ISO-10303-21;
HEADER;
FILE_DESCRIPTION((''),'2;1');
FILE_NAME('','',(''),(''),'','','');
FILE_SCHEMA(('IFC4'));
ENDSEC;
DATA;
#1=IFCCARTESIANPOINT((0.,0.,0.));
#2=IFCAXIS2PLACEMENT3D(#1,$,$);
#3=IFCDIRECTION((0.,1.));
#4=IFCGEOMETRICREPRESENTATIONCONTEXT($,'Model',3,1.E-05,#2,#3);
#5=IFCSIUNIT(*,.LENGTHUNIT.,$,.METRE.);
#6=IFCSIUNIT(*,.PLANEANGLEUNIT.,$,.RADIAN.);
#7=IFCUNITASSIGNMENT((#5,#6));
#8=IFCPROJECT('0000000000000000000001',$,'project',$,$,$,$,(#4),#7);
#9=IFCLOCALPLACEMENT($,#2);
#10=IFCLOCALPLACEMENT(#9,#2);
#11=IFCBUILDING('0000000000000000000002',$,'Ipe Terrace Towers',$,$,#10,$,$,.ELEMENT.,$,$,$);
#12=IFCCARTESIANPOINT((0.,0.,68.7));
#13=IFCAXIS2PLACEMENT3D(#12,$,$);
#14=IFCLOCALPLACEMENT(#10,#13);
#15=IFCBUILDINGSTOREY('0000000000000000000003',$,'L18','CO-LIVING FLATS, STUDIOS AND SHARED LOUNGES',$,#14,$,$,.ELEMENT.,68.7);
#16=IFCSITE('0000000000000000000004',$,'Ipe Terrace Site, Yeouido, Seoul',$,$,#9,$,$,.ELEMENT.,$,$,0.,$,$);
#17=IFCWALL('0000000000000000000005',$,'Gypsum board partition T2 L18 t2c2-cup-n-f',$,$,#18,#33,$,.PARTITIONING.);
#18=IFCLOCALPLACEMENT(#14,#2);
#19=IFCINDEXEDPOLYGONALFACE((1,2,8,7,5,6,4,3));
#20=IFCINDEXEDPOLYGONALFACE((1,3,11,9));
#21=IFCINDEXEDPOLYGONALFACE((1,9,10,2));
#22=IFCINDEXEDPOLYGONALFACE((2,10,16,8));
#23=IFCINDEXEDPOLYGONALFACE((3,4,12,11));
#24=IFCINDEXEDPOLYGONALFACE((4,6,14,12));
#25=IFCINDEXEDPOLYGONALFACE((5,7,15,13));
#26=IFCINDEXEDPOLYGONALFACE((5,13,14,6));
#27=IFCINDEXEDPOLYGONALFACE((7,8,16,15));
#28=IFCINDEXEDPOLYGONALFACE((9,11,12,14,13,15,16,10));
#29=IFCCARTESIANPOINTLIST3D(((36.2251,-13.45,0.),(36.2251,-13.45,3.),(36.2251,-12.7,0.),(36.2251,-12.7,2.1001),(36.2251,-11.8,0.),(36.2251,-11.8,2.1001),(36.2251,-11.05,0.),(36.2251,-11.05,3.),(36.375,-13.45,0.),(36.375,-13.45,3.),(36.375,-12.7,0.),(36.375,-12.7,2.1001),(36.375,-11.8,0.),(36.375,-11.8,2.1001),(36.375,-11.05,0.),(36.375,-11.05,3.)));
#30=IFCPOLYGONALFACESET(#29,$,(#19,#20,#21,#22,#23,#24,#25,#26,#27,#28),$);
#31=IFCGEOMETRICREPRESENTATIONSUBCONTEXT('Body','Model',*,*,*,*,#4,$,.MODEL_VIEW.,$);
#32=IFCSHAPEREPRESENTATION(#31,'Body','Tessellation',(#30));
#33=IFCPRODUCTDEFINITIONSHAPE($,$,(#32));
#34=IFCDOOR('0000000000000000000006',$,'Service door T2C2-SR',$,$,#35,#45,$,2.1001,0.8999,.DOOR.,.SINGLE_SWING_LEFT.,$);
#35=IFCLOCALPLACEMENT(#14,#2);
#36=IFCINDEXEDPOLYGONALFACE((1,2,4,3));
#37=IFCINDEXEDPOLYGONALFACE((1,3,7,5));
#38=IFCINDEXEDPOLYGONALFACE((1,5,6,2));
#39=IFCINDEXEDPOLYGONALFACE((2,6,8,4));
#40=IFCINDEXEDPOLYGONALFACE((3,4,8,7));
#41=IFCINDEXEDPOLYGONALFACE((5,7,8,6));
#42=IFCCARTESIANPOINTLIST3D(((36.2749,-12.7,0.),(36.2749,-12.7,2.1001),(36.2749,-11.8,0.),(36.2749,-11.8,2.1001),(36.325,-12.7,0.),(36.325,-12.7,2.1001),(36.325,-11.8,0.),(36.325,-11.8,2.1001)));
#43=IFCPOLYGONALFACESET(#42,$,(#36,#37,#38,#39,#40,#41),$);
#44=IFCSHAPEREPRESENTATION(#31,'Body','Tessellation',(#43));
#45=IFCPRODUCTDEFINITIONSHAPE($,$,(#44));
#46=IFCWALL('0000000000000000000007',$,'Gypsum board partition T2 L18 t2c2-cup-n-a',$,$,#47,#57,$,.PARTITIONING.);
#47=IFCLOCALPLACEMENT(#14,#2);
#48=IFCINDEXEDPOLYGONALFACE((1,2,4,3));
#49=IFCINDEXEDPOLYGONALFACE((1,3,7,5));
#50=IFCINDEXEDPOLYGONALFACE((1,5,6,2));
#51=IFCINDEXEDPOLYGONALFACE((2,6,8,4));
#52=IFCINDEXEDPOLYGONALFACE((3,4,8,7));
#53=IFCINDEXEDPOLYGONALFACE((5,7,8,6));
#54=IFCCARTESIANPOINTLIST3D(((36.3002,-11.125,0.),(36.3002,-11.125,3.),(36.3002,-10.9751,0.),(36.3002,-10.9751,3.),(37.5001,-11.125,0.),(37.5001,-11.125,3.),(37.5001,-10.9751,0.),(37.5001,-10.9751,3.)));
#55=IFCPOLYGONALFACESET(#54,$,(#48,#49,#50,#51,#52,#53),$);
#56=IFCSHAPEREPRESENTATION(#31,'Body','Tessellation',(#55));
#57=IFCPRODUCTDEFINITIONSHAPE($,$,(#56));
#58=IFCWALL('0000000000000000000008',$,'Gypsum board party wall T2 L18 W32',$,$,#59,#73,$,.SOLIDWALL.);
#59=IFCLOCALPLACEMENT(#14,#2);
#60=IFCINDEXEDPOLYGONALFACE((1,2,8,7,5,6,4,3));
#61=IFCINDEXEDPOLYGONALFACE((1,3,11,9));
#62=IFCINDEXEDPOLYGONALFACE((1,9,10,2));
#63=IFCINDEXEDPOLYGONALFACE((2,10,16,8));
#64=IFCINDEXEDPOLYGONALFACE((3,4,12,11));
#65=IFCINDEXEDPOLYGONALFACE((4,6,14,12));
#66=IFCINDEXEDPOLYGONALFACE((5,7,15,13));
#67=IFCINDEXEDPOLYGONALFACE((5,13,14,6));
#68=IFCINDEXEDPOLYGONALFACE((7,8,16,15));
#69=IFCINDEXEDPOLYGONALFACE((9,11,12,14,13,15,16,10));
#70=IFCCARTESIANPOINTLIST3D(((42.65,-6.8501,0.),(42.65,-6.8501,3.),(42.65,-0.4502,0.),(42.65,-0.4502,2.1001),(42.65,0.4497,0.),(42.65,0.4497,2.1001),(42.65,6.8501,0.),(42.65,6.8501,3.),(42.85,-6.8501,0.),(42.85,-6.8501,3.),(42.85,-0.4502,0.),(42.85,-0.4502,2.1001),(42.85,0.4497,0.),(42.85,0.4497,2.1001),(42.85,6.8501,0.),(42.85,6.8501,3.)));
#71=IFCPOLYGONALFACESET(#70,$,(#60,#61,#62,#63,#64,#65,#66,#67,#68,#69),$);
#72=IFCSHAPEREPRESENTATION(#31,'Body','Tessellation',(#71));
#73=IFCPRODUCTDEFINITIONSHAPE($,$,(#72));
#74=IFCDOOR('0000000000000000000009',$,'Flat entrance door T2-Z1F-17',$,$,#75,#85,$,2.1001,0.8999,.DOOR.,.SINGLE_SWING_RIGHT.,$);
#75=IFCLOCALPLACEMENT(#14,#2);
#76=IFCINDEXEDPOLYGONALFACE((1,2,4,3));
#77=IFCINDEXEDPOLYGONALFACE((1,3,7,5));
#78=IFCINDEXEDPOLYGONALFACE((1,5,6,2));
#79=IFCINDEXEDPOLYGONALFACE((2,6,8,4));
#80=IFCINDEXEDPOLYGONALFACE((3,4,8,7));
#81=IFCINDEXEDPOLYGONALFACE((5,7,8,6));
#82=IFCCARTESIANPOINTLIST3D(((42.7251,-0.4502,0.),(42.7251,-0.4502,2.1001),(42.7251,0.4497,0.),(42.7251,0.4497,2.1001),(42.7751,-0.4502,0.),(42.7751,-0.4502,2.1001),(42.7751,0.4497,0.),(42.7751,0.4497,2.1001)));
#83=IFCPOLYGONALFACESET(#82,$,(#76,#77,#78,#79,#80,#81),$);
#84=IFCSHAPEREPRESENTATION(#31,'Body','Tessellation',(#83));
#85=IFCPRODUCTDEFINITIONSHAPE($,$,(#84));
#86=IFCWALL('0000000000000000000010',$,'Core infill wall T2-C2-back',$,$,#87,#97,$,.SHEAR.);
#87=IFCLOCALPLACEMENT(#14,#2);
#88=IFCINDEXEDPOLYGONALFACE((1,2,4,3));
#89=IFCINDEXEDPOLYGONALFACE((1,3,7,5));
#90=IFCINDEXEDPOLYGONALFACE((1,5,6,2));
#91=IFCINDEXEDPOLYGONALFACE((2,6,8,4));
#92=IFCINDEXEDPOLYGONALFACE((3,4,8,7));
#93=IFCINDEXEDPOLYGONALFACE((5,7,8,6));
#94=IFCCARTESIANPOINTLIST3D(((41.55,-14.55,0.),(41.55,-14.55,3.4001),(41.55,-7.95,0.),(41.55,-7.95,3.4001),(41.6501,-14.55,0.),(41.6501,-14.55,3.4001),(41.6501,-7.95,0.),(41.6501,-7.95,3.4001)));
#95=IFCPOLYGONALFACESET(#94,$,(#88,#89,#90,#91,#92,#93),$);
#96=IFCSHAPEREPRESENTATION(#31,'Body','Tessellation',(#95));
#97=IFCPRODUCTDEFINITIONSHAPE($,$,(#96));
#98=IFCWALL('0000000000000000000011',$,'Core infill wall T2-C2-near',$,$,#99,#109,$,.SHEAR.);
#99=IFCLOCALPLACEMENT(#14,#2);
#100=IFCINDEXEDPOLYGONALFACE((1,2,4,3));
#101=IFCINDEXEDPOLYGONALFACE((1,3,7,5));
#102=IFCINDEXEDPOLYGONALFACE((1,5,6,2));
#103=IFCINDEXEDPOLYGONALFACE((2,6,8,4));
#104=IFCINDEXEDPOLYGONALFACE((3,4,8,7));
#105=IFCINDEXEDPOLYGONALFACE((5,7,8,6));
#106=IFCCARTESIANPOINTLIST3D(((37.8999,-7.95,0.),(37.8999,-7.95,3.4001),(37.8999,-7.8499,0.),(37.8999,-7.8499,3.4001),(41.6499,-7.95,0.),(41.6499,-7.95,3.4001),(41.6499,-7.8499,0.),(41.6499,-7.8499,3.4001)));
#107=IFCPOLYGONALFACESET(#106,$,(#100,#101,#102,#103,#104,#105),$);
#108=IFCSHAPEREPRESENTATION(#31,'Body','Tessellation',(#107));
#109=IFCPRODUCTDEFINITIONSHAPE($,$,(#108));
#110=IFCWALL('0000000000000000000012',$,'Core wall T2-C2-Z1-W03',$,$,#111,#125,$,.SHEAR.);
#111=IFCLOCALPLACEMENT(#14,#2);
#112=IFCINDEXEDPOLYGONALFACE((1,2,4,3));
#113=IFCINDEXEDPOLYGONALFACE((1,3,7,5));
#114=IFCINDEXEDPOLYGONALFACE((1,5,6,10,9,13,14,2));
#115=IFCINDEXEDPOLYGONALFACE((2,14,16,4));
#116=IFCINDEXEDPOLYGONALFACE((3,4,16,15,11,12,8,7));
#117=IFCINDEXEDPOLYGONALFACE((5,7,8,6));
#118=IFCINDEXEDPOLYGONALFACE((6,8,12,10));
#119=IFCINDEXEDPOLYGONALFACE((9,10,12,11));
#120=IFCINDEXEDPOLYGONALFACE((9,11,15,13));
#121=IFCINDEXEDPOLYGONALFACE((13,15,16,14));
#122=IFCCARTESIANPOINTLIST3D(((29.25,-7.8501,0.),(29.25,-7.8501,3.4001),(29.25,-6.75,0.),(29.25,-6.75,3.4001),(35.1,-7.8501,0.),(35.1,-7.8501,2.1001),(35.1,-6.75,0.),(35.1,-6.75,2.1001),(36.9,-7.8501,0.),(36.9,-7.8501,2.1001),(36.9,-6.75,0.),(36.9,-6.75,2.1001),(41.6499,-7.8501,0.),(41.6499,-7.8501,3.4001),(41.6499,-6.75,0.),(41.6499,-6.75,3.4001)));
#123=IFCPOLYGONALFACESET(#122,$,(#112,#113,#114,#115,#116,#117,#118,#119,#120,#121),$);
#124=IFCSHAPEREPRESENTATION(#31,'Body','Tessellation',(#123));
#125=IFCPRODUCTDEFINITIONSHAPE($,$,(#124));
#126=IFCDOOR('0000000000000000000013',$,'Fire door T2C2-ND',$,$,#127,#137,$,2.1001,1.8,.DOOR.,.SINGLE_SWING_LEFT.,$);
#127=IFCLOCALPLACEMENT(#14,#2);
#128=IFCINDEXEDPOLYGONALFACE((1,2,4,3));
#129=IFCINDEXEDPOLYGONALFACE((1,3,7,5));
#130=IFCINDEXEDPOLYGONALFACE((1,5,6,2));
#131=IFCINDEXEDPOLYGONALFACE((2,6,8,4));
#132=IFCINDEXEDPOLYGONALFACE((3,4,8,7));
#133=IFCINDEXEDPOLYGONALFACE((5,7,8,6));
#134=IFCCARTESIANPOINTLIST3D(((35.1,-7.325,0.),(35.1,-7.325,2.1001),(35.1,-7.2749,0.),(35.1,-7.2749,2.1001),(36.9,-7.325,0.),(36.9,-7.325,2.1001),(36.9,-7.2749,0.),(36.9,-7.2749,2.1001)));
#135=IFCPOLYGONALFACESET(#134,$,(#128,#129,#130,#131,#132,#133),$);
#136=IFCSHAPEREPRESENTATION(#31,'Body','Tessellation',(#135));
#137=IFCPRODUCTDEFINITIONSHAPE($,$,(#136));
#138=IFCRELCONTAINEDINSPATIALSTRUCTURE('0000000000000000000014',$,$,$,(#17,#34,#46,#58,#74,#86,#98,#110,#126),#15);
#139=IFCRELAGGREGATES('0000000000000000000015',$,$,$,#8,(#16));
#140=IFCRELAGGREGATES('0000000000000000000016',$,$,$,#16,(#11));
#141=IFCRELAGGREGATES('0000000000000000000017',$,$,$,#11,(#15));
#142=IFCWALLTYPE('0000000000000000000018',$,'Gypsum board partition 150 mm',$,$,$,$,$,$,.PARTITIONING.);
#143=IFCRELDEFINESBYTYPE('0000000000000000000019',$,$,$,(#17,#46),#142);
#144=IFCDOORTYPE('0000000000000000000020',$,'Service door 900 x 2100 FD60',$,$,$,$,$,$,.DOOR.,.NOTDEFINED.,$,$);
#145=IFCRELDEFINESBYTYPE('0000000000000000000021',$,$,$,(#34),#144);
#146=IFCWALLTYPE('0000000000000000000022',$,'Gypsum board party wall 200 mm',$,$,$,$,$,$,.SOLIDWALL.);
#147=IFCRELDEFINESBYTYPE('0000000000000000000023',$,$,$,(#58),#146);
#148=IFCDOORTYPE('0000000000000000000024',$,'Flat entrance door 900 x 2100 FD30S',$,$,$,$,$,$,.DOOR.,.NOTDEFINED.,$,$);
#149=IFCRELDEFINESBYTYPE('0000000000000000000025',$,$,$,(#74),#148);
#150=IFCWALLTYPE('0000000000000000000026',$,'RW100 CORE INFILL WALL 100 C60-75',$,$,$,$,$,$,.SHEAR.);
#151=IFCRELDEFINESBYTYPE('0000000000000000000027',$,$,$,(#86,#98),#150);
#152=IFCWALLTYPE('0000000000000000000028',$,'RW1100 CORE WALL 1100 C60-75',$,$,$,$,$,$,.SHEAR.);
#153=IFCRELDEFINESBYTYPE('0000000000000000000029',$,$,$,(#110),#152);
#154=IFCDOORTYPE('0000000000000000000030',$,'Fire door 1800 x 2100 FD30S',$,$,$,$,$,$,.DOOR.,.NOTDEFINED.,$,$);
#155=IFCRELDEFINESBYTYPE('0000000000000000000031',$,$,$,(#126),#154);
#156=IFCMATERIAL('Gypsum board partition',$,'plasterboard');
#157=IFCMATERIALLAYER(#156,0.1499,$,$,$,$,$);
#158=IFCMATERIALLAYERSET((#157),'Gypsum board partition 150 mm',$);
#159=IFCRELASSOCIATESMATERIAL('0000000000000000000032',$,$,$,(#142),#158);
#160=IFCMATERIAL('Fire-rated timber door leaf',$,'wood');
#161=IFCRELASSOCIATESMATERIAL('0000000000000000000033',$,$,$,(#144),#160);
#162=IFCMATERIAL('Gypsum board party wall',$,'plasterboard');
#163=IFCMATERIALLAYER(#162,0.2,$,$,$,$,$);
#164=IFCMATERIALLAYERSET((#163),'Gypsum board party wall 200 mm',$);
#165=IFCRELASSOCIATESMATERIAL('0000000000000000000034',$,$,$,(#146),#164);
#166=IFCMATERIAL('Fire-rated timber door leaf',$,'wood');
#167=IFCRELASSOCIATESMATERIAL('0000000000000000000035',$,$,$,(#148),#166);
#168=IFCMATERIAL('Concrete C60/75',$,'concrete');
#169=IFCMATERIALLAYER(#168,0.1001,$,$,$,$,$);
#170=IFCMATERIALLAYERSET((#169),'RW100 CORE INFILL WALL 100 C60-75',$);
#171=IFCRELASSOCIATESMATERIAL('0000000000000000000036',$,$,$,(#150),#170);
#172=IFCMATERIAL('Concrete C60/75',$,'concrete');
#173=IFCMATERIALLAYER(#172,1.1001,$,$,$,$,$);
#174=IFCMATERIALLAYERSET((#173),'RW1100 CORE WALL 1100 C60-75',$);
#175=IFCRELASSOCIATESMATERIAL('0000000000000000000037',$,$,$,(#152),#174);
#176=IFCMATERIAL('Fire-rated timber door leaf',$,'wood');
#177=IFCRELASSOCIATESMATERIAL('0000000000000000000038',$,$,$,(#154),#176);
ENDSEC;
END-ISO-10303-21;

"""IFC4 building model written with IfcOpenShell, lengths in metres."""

from ifc_helpers import new_model, si_unit, direction, frame, frame_2d, origin, place, context, subcontext, project, spatial, rectangle, extrude, material, layer, layer_set, type_object, element, fill, save


model = new_model("IFC4")

# Units and contexts
model_context = context("Model", 3, precision=1e-05, world=origin(), true_north=direction((0.0, 1.0)))
body_context = subcontext(model_context, "Body", "Model", "MODEL_VIEW")
ifc_project = project(units=[si_unit("LENGTHUNIT", "METRE"), si_unit("PLANEANGLEUNIT", "RADIAN")], contexts=[model_context])

# Site, building, storey
site_placement = place(None, origin())
site = spatial("IfcSite", under=ifc_project, at=site_placement, Name="Ipe Terrace Site, Yeouido, Seoul", CompositionType="ELEMENT", RefElevation=0.0)
building_placement = place(site_placement, origin())
building = spatial("IfcBuilding", under=site, at=building_placement, Name="Ipe Terrace Towers", CompositionType="ELEMENT")
storey_placement = place(building_placement, frame((0.0, 0.0, 68.7)))
storey = spatial("IfcBuildingStorey", under=building, at=storey_placement, Name="L18", Description="CO-LIVING FLATS, STUDIOS AND SHARED LOUNGES", CompositionType="ELEMENT", Elevation=68.7)

# Wall, opening, door
ifc_material_1 = material(Name="Gypsum board partition", Category="plasterboard")
ifc_layer_1 = layer(ifc_material_1, 0.1499)
ifc_layer_set_1 = layer_set([ifc_layer_1], Name="Gypsum board partition 150 mm")
wall_type_1 = type_object("IfcWallType", Name="Gypsum board partition 150 mm", PredefinedType="PARTITIONING", material=ifc_layer_set_1)
wall_1_placement = place(storey_placement, frame((36.3, -11.05, 0.0), z_axis=(0.0, 0.0, 1.0), x_axis=(0.0, -1.0, 0.0)))
wall_1 = element("IfcWall", 1, at=wall_1_placement, inside=storey, type_object=wall_type_1, Name="Gypsum board partition T2 L18 t2c2-cup-n-f", PredefinedType="PARTITIONING", context=body_context, shape_type="SweptSolid", body=[
    extrude(rectangle(XDim=2.3999, YDim=0.1499, at=frame_2d((1.2, 0.0))), origin(), (0.0, 0.0, 1.0), 3.0),
])
opening_1_placement = place(wall_1_placement, frame((0.75, 0.0, 0.0)))
opening_1 = element("IfcOpeningElement", 2, at=opening_1_placement, cuts=wall_1, PredefinedType="OPENING", context=body_context, shape_type="SweptSolid", body=[
    extrude(rectangle(XDim=0.8999, YDim=2.1001, at=frame_2d((0.45, 1.05))), frame((0.0, 0.085, 0.0), z_axis=(0.0, -1.0, 0.0), x_axis=(1.0, 0.0, 0.0)), (0.0, 0.0, 1.0), 0.1699),
])
ifc_material_2 = material(Name="Fire-rated timber door leaf", Category="wood")
door_type_1 = type_object("IfcDoorType", Name="Service door 900 x 2100 FD60", OperationType="NOTDEFINED", PredefinedType="DOOR", material=ifc_material_2)
door_1_placement = place(opening_1_placement, origin())
door_1 = element("IfcDoor", 3, at=door_1_placement, inside=storey, type_object=door_type_1, Name="Service door T2C2-SR", OperationType="SINGLE_SWING_LEFT", OverallHeight=2.1001, OverallWidth=0.8999, PredefinedType="DOOR", context=body_context, shape_type="SweptSolid", body=[
    extrude(rectangle(XDim=0.8999, YDim=2.1001, at=frame_2d((0.45, 1.05))), frame((0.0, 0.0249, 0.0), z_axis=(0.0, -1.0, 0.0), x_axis=(1.0, 0.0, 0.0)), (0.0, 0.0, 1.0), 0.05),
])
fill(opening_1, door_1)

# Wall
wall_2_placement = place(storey_placement, frame((36.3, -11.05, 0.0), z_axis=(0.0, 0.0, 1.0), x_axis=(1.0, 0.0, 0.0)))
element("IfcWall", 4, at=wall_2_placement, inside=storey, type_object=wall_type_1, Name="Gypsum board partition T2 L18 t2c2-cup-n-a", PredefinedType="PARTITIONING", context=body_context, shape_type="SweptSolid", body=[
    extrude(rectangle(XDim=1.2, YDim=0.1499, at=frame_2d((0.6001, 0.0))), origin(), (0.0, 0.0, 1.0), 3.0),
])

# Wall, opening, door
ifc_material_3 = material(Name="Gypsum board party wall", Category="plasterboard")
ifc_layer_2 = layer(ifc_material_3, 0.2)
ifc_layer_set_2 = layer_set([ifc_layer_2], Name="Gypsum board party wall 200 mm")
wall_type_2 = type_object("IfcWallType", Name="Gypsum board party wall 200 mm", PredefinedType="SOLIDWALL", material=ifc_layer_set_2)
wall_3_placement = place(storey_placement, frame((42.75, -6.8501, 0.0), z_axis=(0.0, 0.0, 1.0), x_axis=(0.0, 1.0, 0.0)))
wall_3 = element("IfcWall", 5, at=wall_3_placement, inside=storey, type_object=wall_type_2, Name="Gypsum board party wall T2 L18 W32", PredefinedType="SOLIDWALL", context=body_context, shape_type="SweptSolid", body=[
    extrude(rectangle(XDim=13.7002, YDim=0.2, at=frame_2d((6.8501, 0.0))), origin(), (0.0, 0.0, 1.0), 3.0),
])
opening_2_placement = place(wall_3_placement, frame((6.3999, 0.0, 0.0)))
opening_2 = element("IfcOpeningElement", 6, at=opening_2_placement, cuts=wall_3, PredefinedType="OPENING", context=body_context, shape_type="SweptSolid", body=[
    extrude(rectangle(XDim=0.8999, YDim=2.1001, at=frame_2d((0.45, 1.05))), frame((0.0, 0.1099, 0.0), z_axis=(0.0, -1.0, 0.0), x_axis=(1.0, 0.0, 0.0)), (0.0, 0.0, 1.0), 0.22),
])
ifc_material_4 = material(Name="Fire-rated timber door leaf", Category="wood")
door_type_2 = type_object("IfcDoorType", Name="Flat entrance door 900 x 2100 FD30S", OperationType="NOTDEFINED", PredefinedType="DOOR", material=ifc_material_4)
door_2_placement = place(opening_2_placement, origin())
door_2 = element("IfcDoor", 7, at=door_2_placement, inside=storey, type_object=door_type_2, Name="Flat entrance door T2-Z1F-17", OperationType="SINGLE_SWING_RIGHT", OverallHeight=2.1001, OverallWidth=0.8999, PredefinedType="DOOR", context=body_context, shape_type="SweptSolid", body=[
    extrude(rectangle(XDim=0.8999, YDim=2.1001, at=frame_2d((0.45, 1.05))), frame((0.0, 0.0249, 0.0), z_axis=(0.0, -1.0, 0.0), x_axis=(1.0, 0.0, 0.0)), (0.0, 0.0, 1.0), 0.05),
])
fill(opening_2, door_2)

# Walls
ifc_material_5 = material(Name="Concrete C60/75", Category="concrete")
ifc_layer_3 = layer(ifc_material_5, 0.1001)
ifc_layer_set_3 = layer_set([ifc_layer_3], Name="RW100 CORE INFILL WALL 100 C60-75")
wall_type_3 = type_object("IfcWallType", Name="RW100 CORE INFILL WALL 100 C60-75", PredefinedType="SHEAR", material=ifc_layer_set_3)
wall_4_placement = place(storey_placement, frame((41.6001, -7.95, 0.0), z_axis=(0.0, 0.0, 1.0), x_axis=(0.0, -1.0, 0.0)))
element("IfcWall", 8, at=wall_4_placement, inside=storey, type_object=wall_type_3, Name="Core infill wall T2-C2-back", PredefinedType="SHEAR", context=body_context, shape_type="SweptSolid", body=[
    extrude(rectangle(XDim=6.6001, YDim=0.1001, at=frame_2d((3.3, 0.0))), origin(), (0.0, 0.0, 1.0), 3.4001),
])
wall_5_placement = place(storey_placement, frame((37.8999, -7.8999, 0.0), z_axis=(0.0, 0.0, 1.0), x_axis=(1.0, 0.0, 0.0)))
element("IfcWall", 9, at=wall_5_placement, inside=storey, type_object=wall_type_3, Name="Core infill wall T2-C2-near", PredefinedType="SHEAR", context=body_context, shape_type="SweptSolid", body=[
    extrude(rectangle(XDim=3.75, YDim=0.1001, at=frame_2d((1.875, 0.0))), origin(), (0.0, 0.0, 1.0), 3.4001),
])

# Wall, opening, door
ifc_material_6 = material(Name="Concrete C60/75", Category="concrete")
ifc_layer_4 = layer(ifc_material_6, 1.1001)
ifc_layer_set_4 = layer_set([ifc_layer_4], Name="RW1100 CORE WALL 1100 C60-75")
wall_type_4 = type_object("IfcWallType", Name="RW1100 CORE WALL 1100 C60-75", PredefinedType="SHEAR", material=ifc_layer_set_4)
wall_6_placement = place(storey_placement, frame((41.6499, -7.3, 0.0), z_axis=(0.0, 0.0, 1.0), x_axis=(-1.0, 0.0, 0.0)))
wall_6 = element("IfcWall", 10, at=wall_6_placement, inside=storey, type_object=wall_type_4, Name="Core wall T2-C2-Z1-W03", PredefinedType="SHEAR", context=body_context, shape_type="SweptSolid", body=[
    extrude(rectangle(XDim=12.3999, YDim=1.1001, at=frame_2d((6.2, 0.0))), origin(), (0.0, 0.0, 1.0), 3.4001),
])
opening_3_placement = place(wall_6_placement, frame((4.75, 0.0, 0.0)))
opening_3 = element("IfcOpeningElement", 11, at=opening_3_placement, cuts=wall_6, PredefinedType="OPENING", context=body_context, shape_type="SweptSolid", body=[
    extrude(rectangle(XDim=1.8, YDim=2.1001, at=frame_2d((0.8999, 1.05))), frame((0.0, 0.5601, 0.0), z_axis=(0.0, -1.0, 0.0), x_axis=(1.0, 0.0, 0.0)), (0.0, 0.0, 1.0), 1.1201),
])
ifc_material_7 = material(Name="Fire-rated timber door leaf", Category="wood")
door_type_3 = type_object("IfcDoorType", Name="Fire door 1800 x 2100 FD30S", OperationType="NOTDEFINED", PredefinedType="DOOR", material=ifc_material_7)
door_3_placement = place(opening_3_placement, origin())
door_3 = element("IfcDoor", 12, at=door_3_placement, inside=storey, type_object=door_type_3, Name="Fire door T2C2-ND", OperationType="SINGLE_SWING_LEFT", OverallHeight=2.1001, OverallWidth=1.8, PredefinedType="DOOR", context=body_context, shape_type="SweptSolid", body=[
    extrude(rectangle(XDim=1.8, YDim=2.1001, at=frame_2d((0.8999, 1.05))), frame((0.0, 0.0249, 0.0), z_axis=(0.0, -1.0, 0.0), x_axis=(1.0, 0.0, 0.0)), (0.0, 0.0, 1.0), 0.05),
])
fill(opening_3, door_3)

save(model, "model.ifc")
